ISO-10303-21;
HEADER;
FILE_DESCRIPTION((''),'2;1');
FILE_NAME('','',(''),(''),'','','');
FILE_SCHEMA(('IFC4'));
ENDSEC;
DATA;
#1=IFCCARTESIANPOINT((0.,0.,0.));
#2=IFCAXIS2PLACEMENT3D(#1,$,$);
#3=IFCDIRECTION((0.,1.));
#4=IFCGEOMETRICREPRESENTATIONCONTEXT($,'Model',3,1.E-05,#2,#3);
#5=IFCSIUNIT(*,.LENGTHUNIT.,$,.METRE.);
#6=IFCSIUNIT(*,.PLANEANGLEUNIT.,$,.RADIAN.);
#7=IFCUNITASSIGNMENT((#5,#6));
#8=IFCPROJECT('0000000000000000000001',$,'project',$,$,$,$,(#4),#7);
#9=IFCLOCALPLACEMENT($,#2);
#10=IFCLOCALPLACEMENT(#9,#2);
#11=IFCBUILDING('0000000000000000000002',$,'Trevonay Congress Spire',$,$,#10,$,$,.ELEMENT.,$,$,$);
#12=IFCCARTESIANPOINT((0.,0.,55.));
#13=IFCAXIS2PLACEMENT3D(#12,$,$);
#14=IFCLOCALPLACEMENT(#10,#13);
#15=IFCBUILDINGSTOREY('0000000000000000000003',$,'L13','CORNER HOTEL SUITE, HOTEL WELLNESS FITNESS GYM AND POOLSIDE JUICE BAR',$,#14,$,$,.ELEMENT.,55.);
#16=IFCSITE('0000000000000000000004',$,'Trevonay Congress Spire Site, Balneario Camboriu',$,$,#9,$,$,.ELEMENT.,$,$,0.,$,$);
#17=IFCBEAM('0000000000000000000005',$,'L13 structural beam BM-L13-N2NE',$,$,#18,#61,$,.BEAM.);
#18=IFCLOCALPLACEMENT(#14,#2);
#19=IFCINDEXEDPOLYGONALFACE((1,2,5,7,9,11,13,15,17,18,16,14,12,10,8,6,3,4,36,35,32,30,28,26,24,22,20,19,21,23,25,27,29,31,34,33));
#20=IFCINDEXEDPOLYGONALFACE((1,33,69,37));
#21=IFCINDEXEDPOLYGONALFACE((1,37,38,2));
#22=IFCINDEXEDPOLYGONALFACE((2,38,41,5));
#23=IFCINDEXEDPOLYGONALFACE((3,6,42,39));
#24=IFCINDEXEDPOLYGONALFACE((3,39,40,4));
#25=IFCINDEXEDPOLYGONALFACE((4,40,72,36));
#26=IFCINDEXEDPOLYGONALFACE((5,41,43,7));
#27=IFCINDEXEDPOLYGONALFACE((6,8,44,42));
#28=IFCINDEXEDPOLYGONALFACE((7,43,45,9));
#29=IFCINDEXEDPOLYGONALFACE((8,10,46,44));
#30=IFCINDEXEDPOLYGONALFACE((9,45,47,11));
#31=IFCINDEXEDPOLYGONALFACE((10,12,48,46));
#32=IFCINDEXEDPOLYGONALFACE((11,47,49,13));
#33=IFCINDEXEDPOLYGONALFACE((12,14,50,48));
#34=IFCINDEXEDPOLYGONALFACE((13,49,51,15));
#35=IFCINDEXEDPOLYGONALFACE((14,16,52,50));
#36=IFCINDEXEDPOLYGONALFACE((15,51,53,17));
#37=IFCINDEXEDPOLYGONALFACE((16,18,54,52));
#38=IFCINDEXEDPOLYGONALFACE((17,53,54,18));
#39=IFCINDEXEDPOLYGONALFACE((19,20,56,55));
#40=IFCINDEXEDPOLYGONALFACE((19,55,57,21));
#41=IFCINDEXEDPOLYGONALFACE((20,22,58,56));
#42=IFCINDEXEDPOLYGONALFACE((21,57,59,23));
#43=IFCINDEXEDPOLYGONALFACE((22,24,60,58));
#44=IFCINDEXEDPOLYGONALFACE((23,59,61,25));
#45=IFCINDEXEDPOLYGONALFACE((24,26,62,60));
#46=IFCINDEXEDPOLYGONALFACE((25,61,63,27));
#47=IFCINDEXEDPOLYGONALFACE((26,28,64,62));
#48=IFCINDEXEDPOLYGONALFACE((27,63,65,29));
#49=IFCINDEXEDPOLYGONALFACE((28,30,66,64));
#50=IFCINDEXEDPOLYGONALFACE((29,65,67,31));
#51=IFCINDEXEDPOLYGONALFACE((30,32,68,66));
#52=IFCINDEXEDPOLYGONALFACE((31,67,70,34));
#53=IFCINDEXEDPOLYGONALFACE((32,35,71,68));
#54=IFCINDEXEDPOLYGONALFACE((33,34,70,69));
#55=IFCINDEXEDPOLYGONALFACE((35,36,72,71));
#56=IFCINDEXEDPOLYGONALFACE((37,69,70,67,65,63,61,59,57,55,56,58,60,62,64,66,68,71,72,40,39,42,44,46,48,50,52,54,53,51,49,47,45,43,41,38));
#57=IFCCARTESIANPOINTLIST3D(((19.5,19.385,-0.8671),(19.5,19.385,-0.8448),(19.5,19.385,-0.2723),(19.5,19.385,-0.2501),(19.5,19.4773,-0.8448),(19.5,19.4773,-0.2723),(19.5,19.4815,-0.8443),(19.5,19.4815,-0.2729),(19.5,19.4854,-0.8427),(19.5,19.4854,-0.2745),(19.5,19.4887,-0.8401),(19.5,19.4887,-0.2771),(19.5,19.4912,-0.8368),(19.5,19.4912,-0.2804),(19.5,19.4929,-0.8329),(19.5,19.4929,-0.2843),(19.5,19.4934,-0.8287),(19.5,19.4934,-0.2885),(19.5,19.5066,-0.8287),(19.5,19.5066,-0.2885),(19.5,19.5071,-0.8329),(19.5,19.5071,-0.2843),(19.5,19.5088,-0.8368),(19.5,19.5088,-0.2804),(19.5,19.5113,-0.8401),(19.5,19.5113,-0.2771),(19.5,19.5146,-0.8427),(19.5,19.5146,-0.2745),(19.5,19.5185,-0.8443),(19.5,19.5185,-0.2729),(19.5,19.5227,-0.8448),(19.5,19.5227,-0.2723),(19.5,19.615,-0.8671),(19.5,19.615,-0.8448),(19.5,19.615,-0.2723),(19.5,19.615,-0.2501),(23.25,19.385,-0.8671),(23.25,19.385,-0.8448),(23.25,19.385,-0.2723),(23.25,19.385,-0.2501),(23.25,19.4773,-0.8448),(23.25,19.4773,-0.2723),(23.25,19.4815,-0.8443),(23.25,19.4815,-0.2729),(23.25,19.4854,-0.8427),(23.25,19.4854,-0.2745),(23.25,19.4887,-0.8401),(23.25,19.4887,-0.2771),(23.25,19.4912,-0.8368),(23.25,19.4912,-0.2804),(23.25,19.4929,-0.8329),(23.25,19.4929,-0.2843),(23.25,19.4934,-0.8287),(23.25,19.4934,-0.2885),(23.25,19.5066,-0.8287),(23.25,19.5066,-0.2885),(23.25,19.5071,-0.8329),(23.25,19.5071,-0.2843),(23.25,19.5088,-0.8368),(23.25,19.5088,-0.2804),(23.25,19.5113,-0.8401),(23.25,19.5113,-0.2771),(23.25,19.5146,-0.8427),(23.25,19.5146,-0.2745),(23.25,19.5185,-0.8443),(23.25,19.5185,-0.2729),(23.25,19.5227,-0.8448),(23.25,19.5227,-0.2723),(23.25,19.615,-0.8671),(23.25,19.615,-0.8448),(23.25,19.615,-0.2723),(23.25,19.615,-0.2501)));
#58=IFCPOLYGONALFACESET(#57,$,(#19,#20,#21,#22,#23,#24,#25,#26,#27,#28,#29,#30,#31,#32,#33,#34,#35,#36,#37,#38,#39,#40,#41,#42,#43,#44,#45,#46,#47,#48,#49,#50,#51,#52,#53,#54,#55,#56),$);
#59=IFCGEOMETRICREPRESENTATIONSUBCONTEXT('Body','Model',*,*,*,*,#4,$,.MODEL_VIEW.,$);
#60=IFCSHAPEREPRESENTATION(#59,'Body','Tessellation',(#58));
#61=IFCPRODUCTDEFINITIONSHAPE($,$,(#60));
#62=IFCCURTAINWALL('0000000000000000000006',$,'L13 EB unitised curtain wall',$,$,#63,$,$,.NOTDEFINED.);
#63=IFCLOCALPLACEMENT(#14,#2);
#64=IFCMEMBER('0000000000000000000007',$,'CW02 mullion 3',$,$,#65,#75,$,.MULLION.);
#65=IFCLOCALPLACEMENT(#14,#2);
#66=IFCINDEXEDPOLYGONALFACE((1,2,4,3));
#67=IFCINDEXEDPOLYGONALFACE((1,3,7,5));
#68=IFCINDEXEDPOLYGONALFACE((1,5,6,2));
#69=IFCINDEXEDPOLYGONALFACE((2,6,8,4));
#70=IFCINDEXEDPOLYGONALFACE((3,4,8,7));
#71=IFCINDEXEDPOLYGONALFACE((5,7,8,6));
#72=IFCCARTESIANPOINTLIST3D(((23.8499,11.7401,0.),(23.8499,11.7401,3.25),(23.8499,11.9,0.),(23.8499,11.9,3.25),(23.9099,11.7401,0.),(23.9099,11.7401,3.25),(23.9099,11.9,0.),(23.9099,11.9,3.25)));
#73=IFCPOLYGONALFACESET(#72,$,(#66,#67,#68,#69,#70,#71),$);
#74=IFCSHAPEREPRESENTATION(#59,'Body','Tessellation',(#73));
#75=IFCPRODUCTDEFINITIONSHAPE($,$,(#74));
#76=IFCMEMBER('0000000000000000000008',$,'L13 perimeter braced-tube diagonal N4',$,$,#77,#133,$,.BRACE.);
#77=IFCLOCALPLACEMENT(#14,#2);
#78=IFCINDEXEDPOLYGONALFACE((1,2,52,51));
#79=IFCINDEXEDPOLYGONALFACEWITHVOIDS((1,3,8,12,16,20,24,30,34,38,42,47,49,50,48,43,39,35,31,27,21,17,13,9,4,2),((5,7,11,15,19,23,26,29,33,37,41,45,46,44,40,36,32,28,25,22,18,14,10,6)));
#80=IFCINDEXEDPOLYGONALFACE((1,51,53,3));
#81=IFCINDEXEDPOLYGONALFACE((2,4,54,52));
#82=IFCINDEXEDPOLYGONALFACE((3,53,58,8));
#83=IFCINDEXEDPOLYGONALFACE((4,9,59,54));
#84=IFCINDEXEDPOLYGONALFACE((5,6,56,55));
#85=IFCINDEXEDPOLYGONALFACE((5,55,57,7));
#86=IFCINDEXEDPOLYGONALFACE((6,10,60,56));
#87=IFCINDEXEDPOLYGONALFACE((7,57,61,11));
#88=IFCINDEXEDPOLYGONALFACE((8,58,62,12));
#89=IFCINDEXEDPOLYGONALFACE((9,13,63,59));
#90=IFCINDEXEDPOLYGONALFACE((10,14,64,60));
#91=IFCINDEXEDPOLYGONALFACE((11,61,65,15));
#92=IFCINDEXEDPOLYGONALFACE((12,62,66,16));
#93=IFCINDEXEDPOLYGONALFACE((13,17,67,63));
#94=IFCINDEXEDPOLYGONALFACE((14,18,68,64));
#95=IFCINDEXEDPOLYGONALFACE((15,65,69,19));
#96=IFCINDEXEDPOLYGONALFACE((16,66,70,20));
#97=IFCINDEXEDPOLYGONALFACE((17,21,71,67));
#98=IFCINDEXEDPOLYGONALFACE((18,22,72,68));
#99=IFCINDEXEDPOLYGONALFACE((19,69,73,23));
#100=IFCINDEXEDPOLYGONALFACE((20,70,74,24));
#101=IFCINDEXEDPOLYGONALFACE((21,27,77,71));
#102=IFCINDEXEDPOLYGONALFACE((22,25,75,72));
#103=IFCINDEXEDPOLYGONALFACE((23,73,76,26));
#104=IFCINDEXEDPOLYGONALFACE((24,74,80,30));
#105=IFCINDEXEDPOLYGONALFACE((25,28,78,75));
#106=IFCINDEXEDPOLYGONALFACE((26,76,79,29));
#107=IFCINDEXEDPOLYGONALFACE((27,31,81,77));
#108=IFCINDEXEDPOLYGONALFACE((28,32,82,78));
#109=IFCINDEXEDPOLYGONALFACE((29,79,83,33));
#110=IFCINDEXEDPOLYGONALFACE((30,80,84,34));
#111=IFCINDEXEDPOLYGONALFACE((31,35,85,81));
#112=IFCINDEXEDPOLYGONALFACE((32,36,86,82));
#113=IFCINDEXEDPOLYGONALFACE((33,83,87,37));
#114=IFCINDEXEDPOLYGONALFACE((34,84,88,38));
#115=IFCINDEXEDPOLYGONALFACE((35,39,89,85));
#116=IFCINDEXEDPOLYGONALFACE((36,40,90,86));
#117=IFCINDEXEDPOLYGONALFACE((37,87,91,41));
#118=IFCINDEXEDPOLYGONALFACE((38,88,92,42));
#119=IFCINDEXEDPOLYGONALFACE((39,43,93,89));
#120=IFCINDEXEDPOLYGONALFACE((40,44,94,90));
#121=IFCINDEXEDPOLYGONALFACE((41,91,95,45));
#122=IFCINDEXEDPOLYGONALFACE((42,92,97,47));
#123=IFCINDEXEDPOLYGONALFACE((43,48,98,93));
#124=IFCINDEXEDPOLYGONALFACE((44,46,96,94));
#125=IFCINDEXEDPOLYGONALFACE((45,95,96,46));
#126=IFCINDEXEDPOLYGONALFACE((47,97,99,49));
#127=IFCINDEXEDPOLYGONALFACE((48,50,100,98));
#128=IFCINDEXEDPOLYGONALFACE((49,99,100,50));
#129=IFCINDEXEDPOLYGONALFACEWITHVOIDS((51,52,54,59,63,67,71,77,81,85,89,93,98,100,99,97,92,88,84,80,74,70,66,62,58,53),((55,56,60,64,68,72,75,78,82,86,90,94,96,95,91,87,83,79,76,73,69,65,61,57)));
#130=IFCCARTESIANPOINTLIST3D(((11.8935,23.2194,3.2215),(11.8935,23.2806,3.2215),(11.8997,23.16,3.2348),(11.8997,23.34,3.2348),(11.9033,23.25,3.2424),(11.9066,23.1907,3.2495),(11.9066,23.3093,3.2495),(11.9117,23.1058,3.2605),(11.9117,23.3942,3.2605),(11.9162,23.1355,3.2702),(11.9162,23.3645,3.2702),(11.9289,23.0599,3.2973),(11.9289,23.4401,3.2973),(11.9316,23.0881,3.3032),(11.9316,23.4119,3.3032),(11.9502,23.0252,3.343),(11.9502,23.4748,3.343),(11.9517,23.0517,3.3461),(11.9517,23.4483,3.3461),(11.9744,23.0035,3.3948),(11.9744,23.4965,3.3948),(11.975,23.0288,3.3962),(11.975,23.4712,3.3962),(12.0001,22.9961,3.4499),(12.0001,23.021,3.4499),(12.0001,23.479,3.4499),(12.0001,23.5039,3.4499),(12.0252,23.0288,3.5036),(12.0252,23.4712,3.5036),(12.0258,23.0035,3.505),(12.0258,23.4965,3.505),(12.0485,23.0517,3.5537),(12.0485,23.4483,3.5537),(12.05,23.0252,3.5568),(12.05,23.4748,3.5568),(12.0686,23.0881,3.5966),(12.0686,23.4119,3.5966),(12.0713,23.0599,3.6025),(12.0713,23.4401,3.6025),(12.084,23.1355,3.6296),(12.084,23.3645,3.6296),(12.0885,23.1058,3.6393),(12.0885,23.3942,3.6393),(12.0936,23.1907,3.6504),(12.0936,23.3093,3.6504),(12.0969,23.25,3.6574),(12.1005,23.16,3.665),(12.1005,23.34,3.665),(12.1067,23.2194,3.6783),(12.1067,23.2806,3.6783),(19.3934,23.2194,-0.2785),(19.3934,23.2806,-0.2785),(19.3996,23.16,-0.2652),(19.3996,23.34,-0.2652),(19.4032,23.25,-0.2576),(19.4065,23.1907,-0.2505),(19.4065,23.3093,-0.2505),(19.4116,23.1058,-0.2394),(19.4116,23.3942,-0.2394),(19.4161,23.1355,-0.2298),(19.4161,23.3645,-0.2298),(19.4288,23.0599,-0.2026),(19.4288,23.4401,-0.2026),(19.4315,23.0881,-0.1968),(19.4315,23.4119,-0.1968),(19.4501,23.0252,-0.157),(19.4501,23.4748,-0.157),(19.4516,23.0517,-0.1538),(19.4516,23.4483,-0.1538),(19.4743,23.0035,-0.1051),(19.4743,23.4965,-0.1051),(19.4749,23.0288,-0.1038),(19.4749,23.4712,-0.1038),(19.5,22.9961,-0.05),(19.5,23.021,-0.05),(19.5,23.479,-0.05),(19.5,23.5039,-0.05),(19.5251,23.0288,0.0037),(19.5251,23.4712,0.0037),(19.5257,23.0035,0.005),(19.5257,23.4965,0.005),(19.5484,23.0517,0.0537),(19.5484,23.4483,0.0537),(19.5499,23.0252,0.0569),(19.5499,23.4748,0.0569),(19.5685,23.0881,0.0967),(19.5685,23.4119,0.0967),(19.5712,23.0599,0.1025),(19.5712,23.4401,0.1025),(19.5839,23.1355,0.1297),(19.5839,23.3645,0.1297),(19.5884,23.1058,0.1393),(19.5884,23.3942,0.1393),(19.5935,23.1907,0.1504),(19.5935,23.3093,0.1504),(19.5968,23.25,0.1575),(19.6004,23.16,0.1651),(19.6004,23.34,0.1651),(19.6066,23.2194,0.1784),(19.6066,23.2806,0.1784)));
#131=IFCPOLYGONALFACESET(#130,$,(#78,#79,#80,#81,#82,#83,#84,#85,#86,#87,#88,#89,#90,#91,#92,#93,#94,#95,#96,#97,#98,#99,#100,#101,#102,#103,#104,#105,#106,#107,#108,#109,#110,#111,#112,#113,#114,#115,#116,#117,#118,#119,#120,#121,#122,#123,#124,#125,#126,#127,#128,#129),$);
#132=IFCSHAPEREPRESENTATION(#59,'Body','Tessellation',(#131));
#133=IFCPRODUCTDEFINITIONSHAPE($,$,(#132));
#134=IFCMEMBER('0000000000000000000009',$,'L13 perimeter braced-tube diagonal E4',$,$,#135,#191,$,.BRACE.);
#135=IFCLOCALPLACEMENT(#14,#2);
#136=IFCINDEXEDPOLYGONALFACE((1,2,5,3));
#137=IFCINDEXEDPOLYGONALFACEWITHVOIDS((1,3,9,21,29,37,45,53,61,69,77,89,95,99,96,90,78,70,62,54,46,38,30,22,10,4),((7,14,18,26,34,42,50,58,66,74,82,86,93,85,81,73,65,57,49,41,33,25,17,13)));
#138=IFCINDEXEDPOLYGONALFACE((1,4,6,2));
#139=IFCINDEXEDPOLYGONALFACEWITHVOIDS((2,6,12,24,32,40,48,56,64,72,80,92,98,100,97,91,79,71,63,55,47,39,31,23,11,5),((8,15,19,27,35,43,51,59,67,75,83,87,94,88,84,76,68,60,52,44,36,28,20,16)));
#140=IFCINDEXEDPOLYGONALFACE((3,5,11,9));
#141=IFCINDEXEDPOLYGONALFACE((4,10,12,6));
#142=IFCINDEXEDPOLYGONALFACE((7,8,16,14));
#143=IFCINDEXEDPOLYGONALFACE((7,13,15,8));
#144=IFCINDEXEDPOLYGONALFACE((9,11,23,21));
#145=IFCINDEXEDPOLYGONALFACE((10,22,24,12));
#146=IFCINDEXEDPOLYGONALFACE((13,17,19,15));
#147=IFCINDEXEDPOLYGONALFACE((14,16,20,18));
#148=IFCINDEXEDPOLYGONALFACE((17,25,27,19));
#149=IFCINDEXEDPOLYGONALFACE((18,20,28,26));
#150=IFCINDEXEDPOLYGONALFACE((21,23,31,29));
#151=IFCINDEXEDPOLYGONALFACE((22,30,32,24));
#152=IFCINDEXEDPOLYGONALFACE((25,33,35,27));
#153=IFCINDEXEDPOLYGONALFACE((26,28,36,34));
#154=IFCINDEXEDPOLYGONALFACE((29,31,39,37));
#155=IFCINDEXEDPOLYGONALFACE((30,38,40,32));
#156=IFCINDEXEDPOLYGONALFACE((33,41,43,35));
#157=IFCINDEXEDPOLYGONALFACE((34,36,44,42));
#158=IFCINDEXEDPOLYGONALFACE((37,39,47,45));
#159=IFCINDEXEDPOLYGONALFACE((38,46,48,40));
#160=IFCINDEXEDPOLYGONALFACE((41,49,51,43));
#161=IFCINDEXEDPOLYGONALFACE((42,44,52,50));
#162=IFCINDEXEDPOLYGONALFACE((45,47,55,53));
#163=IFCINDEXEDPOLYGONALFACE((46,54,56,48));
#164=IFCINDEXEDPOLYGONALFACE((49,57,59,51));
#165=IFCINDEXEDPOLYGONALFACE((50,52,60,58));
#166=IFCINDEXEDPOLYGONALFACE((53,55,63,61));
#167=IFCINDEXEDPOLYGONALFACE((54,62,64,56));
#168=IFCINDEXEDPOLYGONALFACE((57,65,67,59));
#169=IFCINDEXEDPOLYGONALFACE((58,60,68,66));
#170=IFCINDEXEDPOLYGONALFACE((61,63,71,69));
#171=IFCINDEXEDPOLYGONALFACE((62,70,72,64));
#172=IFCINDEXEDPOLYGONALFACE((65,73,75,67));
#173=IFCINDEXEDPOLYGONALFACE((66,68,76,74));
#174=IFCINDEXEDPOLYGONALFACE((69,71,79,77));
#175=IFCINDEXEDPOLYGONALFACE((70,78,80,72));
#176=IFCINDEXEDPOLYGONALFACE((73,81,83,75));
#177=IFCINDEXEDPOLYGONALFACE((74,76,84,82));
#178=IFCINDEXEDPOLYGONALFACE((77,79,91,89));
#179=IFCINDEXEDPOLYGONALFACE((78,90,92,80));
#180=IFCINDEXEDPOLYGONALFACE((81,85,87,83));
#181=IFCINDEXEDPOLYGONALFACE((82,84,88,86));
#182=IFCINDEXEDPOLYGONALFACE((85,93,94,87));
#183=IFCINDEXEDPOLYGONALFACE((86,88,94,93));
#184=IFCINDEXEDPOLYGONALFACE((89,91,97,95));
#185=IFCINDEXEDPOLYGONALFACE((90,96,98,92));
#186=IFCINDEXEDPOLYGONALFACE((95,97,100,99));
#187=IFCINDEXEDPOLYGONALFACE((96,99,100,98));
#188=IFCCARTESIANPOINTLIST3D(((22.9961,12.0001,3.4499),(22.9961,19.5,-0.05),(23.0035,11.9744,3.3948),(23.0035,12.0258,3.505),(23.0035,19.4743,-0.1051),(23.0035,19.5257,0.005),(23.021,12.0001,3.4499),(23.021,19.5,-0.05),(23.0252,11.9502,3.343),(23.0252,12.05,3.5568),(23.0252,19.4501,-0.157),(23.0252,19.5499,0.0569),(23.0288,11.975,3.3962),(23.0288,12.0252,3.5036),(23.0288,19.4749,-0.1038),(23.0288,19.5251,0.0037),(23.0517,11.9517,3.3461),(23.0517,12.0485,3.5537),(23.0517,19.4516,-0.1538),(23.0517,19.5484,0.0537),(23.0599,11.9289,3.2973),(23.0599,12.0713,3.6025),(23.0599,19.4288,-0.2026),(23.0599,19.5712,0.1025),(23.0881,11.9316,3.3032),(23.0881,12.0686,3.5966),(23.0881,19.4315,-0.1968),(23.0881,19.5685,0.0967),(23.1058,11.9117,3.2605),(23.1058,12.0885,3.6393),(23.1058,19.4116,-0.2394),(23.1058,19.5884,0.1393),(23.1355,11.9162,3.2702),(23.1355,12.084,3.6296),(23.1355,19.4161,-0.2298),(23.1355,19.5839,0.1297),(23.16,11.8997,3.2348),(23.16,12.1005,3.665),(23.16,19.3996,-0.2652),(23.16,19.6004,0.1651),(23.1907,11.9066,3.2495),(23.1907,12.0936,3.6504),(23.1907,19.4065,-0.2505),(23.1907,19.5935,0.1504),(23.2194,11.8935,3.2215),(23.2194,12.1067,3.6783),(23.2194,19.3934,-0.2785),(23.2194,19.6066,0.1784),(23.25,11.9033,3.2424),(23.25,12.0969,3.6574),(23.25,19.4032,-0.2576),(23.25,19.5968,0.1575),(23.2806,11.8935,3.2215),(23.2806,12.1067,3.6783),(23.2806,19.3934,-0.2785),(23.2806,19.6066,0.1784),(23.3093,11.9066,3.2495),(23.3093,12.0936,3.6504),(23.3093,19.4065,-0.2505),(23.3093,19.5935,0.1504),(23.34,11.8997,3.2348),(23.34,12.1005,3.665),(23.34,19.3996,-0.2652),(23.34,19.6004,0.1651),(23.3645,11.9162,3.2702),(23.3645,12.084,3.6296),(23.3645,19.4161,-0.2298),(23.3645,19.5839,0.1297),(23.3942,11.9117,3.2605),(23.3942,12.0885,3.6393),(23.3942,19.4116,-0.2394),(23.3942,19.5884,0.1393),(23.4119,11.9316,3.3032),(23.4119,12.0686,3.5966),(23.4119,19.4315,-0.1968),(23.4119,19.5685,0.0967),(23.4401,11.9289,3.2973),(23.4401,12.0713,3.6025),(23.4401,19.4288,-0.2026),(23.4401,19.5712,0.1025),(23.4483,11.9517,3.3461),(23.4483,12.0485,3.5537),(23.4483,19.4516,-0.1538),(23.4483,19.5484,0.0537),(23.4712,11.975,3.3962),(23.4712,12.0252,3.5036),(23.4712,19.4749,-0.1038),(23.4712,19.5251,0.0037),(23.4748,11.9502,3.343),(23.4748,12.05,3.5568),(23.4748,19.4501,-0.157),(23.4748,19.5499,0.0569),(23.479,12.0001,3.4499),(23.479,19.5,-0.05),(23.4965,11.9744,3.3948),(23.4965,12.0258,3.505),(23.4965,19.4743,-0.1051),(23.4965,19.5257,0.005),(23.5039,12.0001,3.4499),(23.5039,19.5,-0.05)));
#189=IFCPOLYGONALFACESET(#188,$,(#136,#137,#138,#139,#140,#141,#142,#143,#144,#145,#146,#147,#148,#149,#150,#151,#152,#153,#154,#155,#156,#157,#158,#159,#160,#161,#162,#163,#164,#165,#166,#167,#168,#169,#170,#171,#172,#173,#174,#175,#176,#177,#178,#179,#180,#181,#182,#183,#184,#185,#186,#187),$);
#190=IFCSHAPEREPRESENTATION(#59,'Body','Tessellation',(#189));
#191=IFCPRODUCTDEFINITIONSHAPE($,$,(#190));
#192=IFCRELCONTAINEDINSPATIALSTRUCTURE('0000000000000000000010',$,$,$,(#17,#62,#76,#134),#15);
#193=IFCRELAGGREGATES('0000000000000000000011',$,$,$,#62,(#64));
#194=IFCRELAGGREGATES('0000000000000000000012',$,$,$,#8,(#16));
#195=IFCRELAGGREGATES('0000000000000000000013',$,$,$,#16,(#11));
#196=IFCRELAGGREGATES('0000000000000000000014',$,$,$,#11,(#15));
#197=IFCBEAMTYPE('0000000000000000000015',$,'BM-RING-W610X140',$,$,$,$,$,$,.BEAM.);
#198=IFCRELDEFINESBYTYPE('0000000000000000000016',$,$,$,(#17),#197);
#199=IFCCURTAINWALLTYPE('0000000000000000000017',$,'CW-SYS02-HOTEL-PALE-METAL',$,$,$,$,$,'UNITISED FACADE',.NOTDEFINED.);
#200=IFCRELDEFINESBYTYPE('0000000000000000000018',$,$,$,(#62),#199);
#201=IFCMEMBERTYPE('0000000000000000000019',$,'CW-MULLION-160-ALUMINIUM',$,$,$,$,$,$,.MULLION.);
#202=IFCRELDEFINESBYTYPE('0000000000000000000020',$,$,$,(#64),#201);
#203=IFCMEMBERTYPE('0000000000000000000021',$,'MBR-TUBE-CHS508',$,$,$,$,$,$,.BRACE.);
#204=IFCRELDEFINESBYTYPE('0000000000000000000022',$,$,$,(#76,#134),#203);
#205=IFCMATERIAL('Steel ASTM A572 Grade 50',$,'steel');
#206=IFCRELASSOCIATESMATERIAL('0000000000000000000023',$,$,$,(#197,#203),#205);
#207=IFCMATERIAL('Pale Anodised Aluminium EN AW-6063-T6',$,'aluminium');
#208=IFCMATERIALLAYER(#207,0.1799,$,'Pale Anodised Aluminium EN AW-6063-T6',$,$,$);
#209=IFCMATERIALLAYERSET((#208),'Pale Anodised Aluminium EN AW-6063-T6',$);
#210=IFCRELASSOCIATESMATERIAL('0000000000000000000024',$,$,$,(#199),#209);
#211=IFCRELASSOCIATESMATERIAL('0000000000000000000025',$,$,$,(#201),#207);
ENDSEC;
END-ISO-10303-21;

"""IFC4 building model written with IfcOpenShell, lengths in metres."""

from ifc_helpers import new_model, si_unit, direction, frame, origin, origin_2d, place, context, subcontext, project, spatial, rectangle, hollow_circle, i_section, extrude, material, layer, layer_set, material_profile, profile_set, type_object, element, aggregate, save


model = new_model("IFC4")

# Units and contexts
model_context = context("Model", 3, precision=1e-05, world=origin(), true_north=direction((0.0, 1.0)))
body_context = subcontext(model_context, "Body", "Model", "MODEL_VIEW")
ifc_project = project(units=[si_unit("LENGTHUNIT", "METRE"), si_unit("PLANEANGLEUNIT", "RADIAN")], contexts=[model_context])

# Site, building, storey
site_placement = place(None, origin())
site = spatial("IfcSite", under=ifc_project, at=site_placement, Name="Trevonay Congress Spire Site, Balneario Camboriu", CompositionType="ELEMENT", RefElevation=0.0)
building_placement = place(site_placement, origin())
building = spatial("IfcBuilding", under=site, at=building_placement, Name="Trevonay Congress Spire", CompositionType="ELEMENT")
storey_placement = place(building_placement, frame((0.0, 0.0, 55.0)))
storey = spatial("IfcBuildingStorey", under=building, at=storey_placement, Name="L13", Description="CORNER HOTEL SUITE, HOTEL WELLNESS FITNESS GYM AND POOLSIDE JUICE BAR", CompositionType="ELEMENT", Elevation=55.0)

# Shared definitions
ifc_material_1 = material(Name="Steel ASTM A572 Grade 50", Category="steel")

# Beam
ifc_material_profile_1 = material_profile(ifc_material_1, i_section(OverallWidth=0.23, OverallDepth=0.6169, WebThickness=0.0132, FlangeThickness=0.0222, FilletRadius=0.0161, at=origin_2d()), Name="W610x140")
ifc_profile_set_1 = profile_set([ifc_material_profile_1], Name="Steel ASTM A572 Grade 50")
beam_type = type_object("IfcBeamType", Name="BM-RING-W610X140", PredefinedType="BEAM", material=ifc_profile_set_1)
for number, where, z_axis, x_axis, name in (
    (1, (23.25, 19.5, -0.5586), (-1.0, 0.0, 0.0), (0.0, -1.0, 0.0), "L13 structural beam BM-L13-N2NE"),
):
    element("IfcBeam", number, at=place(storey_placement, frame(where, z_axis=z_axis, x_axis=x_axis)), inside=storey, type_object=beam_type, Name=name, PredefinedType="BEAM", context=body_context, shape_type="SweptSolid", body=[
        extrude(i_section(OverallWidth=0.23, OverallDepth=0.6169, WebThickness=0.0132, FlangeThickness=0.0222, FilletRadius=0.0161, at=origin_2d()), origin(), (0.0, 0.0, 1.0), 3.75),
    ])

# Curtain wall, member
ifc_material_2 = material(Name="Pale Anodised Aluminium EN AW-6063-T6", Category="aluminium")
ifc_layer_1 = layer(ifc_material_2, 0.1799, Name="Pale Anodised Aluminium EN AW-6063-T6")
ifc_layer_set_1 = layer_set([ifc_layer_1], Name="Pale Anodised Aluminium EN AW-6063-T6")
curtain_wall_type = type_object("IfcCurtainWallType", Name="CW-SYS02-HOTEL-PALE-METAL", ElementType="UNITISED FACADE", PredefinedType="NOTDEFINED", material=ifc_layer_set_1)
curtain_wall_placement = place(storey_placement, origin())
curtain_wall = element("IfcCurtainWall", 2, at=curtain_wall_placement, inside=storey, type_object=curtain_wall_type, Name="L13 EB unitised curtain wall", PredefinedType="NOTDEFINED")
ifc_material_profile_2 = material_profile(ifc_material_2, rectangle(XDim=0.0601, YDim=0.1599, at=origin_2d()), Name="CW-MULLION-160-ALUMINIUM")
ifc_profile_set_2 = profile_set([ifc_material_profile_2], Name="Pale Anodised Aluminium EN AW-6063-T6")
member_type_1 = type_object("IfcMemberType", Name="CW-MULLION-160-ALUMINIUM", PredefinedType="MULLION", material=ifc_profile_set_2)
member_placement = place(storey_placement, frame((23.8799, 11.8201, 0.0), z_axis=(0.0, 0.0, 1.0), x_axis=(-1.0, 0.0, 0.0)))
member = element("IfcMember", 3, at=member_placement, type_object=member_type_1, Name="CW02 mullion 3", PredefinedType="MULLION", context=body_context, shape_type="SweptSolid", body=[
    extrude(rectangle(XDim=0.0601, YDim=0.1599, at=origin_2d()), origin(), (0.0, 0.0, 1.0), 3.25),
])

# Members
ifc_material_profile_3 = material_profile(ifc_material_1, hollow_circle(Radius=0.2539, WallThickness=0.0249, at=origin_2d()), Name="CHS 508x25")
ifc_profile_set_3 = profile_set([ifc_material_profile_3], Name="Steel ASTM A572 Grade 50")
member_type_2 = type_object("IfcMemberType", Name="MBR-TUBE-CHS508", PredefinedType="BRACE", material=ifc_profile_set_3)
for number, where, z_axis, x_axis, name in (
    (4, (19.5, 23.25, -0.05), (-0.906183, 0.0, 0.422885), (0.0, -1.0, 0.0), "L13 perimeter braced-tube diagonal N4"),
    (5, (23.25, 19.5, -0.05), (0.0, -0.906183, 0.422885), (1.0, 0.0, 0.0), "L13 perimeter braced-tube diagonal E4"),
):
    element("IfcMember", number, at=place(storey_placement, frame(where, z_axis=z_axis, x_axis=x_axis)), inside=storey, type_object=member_type_2, Name=name, PredefinedType="BRACE", context=body_context, shape_type="SweptSolid", body=[
        extrude(hollow_circle(Radius=0.2539, WallThickness=0.0249, at=origin_2d()), origin(), (0.0, 0.0, 1.0), 8.2764),
    ])

aggregate(curtain_wall, [member])

save(model, "model.ifc")
